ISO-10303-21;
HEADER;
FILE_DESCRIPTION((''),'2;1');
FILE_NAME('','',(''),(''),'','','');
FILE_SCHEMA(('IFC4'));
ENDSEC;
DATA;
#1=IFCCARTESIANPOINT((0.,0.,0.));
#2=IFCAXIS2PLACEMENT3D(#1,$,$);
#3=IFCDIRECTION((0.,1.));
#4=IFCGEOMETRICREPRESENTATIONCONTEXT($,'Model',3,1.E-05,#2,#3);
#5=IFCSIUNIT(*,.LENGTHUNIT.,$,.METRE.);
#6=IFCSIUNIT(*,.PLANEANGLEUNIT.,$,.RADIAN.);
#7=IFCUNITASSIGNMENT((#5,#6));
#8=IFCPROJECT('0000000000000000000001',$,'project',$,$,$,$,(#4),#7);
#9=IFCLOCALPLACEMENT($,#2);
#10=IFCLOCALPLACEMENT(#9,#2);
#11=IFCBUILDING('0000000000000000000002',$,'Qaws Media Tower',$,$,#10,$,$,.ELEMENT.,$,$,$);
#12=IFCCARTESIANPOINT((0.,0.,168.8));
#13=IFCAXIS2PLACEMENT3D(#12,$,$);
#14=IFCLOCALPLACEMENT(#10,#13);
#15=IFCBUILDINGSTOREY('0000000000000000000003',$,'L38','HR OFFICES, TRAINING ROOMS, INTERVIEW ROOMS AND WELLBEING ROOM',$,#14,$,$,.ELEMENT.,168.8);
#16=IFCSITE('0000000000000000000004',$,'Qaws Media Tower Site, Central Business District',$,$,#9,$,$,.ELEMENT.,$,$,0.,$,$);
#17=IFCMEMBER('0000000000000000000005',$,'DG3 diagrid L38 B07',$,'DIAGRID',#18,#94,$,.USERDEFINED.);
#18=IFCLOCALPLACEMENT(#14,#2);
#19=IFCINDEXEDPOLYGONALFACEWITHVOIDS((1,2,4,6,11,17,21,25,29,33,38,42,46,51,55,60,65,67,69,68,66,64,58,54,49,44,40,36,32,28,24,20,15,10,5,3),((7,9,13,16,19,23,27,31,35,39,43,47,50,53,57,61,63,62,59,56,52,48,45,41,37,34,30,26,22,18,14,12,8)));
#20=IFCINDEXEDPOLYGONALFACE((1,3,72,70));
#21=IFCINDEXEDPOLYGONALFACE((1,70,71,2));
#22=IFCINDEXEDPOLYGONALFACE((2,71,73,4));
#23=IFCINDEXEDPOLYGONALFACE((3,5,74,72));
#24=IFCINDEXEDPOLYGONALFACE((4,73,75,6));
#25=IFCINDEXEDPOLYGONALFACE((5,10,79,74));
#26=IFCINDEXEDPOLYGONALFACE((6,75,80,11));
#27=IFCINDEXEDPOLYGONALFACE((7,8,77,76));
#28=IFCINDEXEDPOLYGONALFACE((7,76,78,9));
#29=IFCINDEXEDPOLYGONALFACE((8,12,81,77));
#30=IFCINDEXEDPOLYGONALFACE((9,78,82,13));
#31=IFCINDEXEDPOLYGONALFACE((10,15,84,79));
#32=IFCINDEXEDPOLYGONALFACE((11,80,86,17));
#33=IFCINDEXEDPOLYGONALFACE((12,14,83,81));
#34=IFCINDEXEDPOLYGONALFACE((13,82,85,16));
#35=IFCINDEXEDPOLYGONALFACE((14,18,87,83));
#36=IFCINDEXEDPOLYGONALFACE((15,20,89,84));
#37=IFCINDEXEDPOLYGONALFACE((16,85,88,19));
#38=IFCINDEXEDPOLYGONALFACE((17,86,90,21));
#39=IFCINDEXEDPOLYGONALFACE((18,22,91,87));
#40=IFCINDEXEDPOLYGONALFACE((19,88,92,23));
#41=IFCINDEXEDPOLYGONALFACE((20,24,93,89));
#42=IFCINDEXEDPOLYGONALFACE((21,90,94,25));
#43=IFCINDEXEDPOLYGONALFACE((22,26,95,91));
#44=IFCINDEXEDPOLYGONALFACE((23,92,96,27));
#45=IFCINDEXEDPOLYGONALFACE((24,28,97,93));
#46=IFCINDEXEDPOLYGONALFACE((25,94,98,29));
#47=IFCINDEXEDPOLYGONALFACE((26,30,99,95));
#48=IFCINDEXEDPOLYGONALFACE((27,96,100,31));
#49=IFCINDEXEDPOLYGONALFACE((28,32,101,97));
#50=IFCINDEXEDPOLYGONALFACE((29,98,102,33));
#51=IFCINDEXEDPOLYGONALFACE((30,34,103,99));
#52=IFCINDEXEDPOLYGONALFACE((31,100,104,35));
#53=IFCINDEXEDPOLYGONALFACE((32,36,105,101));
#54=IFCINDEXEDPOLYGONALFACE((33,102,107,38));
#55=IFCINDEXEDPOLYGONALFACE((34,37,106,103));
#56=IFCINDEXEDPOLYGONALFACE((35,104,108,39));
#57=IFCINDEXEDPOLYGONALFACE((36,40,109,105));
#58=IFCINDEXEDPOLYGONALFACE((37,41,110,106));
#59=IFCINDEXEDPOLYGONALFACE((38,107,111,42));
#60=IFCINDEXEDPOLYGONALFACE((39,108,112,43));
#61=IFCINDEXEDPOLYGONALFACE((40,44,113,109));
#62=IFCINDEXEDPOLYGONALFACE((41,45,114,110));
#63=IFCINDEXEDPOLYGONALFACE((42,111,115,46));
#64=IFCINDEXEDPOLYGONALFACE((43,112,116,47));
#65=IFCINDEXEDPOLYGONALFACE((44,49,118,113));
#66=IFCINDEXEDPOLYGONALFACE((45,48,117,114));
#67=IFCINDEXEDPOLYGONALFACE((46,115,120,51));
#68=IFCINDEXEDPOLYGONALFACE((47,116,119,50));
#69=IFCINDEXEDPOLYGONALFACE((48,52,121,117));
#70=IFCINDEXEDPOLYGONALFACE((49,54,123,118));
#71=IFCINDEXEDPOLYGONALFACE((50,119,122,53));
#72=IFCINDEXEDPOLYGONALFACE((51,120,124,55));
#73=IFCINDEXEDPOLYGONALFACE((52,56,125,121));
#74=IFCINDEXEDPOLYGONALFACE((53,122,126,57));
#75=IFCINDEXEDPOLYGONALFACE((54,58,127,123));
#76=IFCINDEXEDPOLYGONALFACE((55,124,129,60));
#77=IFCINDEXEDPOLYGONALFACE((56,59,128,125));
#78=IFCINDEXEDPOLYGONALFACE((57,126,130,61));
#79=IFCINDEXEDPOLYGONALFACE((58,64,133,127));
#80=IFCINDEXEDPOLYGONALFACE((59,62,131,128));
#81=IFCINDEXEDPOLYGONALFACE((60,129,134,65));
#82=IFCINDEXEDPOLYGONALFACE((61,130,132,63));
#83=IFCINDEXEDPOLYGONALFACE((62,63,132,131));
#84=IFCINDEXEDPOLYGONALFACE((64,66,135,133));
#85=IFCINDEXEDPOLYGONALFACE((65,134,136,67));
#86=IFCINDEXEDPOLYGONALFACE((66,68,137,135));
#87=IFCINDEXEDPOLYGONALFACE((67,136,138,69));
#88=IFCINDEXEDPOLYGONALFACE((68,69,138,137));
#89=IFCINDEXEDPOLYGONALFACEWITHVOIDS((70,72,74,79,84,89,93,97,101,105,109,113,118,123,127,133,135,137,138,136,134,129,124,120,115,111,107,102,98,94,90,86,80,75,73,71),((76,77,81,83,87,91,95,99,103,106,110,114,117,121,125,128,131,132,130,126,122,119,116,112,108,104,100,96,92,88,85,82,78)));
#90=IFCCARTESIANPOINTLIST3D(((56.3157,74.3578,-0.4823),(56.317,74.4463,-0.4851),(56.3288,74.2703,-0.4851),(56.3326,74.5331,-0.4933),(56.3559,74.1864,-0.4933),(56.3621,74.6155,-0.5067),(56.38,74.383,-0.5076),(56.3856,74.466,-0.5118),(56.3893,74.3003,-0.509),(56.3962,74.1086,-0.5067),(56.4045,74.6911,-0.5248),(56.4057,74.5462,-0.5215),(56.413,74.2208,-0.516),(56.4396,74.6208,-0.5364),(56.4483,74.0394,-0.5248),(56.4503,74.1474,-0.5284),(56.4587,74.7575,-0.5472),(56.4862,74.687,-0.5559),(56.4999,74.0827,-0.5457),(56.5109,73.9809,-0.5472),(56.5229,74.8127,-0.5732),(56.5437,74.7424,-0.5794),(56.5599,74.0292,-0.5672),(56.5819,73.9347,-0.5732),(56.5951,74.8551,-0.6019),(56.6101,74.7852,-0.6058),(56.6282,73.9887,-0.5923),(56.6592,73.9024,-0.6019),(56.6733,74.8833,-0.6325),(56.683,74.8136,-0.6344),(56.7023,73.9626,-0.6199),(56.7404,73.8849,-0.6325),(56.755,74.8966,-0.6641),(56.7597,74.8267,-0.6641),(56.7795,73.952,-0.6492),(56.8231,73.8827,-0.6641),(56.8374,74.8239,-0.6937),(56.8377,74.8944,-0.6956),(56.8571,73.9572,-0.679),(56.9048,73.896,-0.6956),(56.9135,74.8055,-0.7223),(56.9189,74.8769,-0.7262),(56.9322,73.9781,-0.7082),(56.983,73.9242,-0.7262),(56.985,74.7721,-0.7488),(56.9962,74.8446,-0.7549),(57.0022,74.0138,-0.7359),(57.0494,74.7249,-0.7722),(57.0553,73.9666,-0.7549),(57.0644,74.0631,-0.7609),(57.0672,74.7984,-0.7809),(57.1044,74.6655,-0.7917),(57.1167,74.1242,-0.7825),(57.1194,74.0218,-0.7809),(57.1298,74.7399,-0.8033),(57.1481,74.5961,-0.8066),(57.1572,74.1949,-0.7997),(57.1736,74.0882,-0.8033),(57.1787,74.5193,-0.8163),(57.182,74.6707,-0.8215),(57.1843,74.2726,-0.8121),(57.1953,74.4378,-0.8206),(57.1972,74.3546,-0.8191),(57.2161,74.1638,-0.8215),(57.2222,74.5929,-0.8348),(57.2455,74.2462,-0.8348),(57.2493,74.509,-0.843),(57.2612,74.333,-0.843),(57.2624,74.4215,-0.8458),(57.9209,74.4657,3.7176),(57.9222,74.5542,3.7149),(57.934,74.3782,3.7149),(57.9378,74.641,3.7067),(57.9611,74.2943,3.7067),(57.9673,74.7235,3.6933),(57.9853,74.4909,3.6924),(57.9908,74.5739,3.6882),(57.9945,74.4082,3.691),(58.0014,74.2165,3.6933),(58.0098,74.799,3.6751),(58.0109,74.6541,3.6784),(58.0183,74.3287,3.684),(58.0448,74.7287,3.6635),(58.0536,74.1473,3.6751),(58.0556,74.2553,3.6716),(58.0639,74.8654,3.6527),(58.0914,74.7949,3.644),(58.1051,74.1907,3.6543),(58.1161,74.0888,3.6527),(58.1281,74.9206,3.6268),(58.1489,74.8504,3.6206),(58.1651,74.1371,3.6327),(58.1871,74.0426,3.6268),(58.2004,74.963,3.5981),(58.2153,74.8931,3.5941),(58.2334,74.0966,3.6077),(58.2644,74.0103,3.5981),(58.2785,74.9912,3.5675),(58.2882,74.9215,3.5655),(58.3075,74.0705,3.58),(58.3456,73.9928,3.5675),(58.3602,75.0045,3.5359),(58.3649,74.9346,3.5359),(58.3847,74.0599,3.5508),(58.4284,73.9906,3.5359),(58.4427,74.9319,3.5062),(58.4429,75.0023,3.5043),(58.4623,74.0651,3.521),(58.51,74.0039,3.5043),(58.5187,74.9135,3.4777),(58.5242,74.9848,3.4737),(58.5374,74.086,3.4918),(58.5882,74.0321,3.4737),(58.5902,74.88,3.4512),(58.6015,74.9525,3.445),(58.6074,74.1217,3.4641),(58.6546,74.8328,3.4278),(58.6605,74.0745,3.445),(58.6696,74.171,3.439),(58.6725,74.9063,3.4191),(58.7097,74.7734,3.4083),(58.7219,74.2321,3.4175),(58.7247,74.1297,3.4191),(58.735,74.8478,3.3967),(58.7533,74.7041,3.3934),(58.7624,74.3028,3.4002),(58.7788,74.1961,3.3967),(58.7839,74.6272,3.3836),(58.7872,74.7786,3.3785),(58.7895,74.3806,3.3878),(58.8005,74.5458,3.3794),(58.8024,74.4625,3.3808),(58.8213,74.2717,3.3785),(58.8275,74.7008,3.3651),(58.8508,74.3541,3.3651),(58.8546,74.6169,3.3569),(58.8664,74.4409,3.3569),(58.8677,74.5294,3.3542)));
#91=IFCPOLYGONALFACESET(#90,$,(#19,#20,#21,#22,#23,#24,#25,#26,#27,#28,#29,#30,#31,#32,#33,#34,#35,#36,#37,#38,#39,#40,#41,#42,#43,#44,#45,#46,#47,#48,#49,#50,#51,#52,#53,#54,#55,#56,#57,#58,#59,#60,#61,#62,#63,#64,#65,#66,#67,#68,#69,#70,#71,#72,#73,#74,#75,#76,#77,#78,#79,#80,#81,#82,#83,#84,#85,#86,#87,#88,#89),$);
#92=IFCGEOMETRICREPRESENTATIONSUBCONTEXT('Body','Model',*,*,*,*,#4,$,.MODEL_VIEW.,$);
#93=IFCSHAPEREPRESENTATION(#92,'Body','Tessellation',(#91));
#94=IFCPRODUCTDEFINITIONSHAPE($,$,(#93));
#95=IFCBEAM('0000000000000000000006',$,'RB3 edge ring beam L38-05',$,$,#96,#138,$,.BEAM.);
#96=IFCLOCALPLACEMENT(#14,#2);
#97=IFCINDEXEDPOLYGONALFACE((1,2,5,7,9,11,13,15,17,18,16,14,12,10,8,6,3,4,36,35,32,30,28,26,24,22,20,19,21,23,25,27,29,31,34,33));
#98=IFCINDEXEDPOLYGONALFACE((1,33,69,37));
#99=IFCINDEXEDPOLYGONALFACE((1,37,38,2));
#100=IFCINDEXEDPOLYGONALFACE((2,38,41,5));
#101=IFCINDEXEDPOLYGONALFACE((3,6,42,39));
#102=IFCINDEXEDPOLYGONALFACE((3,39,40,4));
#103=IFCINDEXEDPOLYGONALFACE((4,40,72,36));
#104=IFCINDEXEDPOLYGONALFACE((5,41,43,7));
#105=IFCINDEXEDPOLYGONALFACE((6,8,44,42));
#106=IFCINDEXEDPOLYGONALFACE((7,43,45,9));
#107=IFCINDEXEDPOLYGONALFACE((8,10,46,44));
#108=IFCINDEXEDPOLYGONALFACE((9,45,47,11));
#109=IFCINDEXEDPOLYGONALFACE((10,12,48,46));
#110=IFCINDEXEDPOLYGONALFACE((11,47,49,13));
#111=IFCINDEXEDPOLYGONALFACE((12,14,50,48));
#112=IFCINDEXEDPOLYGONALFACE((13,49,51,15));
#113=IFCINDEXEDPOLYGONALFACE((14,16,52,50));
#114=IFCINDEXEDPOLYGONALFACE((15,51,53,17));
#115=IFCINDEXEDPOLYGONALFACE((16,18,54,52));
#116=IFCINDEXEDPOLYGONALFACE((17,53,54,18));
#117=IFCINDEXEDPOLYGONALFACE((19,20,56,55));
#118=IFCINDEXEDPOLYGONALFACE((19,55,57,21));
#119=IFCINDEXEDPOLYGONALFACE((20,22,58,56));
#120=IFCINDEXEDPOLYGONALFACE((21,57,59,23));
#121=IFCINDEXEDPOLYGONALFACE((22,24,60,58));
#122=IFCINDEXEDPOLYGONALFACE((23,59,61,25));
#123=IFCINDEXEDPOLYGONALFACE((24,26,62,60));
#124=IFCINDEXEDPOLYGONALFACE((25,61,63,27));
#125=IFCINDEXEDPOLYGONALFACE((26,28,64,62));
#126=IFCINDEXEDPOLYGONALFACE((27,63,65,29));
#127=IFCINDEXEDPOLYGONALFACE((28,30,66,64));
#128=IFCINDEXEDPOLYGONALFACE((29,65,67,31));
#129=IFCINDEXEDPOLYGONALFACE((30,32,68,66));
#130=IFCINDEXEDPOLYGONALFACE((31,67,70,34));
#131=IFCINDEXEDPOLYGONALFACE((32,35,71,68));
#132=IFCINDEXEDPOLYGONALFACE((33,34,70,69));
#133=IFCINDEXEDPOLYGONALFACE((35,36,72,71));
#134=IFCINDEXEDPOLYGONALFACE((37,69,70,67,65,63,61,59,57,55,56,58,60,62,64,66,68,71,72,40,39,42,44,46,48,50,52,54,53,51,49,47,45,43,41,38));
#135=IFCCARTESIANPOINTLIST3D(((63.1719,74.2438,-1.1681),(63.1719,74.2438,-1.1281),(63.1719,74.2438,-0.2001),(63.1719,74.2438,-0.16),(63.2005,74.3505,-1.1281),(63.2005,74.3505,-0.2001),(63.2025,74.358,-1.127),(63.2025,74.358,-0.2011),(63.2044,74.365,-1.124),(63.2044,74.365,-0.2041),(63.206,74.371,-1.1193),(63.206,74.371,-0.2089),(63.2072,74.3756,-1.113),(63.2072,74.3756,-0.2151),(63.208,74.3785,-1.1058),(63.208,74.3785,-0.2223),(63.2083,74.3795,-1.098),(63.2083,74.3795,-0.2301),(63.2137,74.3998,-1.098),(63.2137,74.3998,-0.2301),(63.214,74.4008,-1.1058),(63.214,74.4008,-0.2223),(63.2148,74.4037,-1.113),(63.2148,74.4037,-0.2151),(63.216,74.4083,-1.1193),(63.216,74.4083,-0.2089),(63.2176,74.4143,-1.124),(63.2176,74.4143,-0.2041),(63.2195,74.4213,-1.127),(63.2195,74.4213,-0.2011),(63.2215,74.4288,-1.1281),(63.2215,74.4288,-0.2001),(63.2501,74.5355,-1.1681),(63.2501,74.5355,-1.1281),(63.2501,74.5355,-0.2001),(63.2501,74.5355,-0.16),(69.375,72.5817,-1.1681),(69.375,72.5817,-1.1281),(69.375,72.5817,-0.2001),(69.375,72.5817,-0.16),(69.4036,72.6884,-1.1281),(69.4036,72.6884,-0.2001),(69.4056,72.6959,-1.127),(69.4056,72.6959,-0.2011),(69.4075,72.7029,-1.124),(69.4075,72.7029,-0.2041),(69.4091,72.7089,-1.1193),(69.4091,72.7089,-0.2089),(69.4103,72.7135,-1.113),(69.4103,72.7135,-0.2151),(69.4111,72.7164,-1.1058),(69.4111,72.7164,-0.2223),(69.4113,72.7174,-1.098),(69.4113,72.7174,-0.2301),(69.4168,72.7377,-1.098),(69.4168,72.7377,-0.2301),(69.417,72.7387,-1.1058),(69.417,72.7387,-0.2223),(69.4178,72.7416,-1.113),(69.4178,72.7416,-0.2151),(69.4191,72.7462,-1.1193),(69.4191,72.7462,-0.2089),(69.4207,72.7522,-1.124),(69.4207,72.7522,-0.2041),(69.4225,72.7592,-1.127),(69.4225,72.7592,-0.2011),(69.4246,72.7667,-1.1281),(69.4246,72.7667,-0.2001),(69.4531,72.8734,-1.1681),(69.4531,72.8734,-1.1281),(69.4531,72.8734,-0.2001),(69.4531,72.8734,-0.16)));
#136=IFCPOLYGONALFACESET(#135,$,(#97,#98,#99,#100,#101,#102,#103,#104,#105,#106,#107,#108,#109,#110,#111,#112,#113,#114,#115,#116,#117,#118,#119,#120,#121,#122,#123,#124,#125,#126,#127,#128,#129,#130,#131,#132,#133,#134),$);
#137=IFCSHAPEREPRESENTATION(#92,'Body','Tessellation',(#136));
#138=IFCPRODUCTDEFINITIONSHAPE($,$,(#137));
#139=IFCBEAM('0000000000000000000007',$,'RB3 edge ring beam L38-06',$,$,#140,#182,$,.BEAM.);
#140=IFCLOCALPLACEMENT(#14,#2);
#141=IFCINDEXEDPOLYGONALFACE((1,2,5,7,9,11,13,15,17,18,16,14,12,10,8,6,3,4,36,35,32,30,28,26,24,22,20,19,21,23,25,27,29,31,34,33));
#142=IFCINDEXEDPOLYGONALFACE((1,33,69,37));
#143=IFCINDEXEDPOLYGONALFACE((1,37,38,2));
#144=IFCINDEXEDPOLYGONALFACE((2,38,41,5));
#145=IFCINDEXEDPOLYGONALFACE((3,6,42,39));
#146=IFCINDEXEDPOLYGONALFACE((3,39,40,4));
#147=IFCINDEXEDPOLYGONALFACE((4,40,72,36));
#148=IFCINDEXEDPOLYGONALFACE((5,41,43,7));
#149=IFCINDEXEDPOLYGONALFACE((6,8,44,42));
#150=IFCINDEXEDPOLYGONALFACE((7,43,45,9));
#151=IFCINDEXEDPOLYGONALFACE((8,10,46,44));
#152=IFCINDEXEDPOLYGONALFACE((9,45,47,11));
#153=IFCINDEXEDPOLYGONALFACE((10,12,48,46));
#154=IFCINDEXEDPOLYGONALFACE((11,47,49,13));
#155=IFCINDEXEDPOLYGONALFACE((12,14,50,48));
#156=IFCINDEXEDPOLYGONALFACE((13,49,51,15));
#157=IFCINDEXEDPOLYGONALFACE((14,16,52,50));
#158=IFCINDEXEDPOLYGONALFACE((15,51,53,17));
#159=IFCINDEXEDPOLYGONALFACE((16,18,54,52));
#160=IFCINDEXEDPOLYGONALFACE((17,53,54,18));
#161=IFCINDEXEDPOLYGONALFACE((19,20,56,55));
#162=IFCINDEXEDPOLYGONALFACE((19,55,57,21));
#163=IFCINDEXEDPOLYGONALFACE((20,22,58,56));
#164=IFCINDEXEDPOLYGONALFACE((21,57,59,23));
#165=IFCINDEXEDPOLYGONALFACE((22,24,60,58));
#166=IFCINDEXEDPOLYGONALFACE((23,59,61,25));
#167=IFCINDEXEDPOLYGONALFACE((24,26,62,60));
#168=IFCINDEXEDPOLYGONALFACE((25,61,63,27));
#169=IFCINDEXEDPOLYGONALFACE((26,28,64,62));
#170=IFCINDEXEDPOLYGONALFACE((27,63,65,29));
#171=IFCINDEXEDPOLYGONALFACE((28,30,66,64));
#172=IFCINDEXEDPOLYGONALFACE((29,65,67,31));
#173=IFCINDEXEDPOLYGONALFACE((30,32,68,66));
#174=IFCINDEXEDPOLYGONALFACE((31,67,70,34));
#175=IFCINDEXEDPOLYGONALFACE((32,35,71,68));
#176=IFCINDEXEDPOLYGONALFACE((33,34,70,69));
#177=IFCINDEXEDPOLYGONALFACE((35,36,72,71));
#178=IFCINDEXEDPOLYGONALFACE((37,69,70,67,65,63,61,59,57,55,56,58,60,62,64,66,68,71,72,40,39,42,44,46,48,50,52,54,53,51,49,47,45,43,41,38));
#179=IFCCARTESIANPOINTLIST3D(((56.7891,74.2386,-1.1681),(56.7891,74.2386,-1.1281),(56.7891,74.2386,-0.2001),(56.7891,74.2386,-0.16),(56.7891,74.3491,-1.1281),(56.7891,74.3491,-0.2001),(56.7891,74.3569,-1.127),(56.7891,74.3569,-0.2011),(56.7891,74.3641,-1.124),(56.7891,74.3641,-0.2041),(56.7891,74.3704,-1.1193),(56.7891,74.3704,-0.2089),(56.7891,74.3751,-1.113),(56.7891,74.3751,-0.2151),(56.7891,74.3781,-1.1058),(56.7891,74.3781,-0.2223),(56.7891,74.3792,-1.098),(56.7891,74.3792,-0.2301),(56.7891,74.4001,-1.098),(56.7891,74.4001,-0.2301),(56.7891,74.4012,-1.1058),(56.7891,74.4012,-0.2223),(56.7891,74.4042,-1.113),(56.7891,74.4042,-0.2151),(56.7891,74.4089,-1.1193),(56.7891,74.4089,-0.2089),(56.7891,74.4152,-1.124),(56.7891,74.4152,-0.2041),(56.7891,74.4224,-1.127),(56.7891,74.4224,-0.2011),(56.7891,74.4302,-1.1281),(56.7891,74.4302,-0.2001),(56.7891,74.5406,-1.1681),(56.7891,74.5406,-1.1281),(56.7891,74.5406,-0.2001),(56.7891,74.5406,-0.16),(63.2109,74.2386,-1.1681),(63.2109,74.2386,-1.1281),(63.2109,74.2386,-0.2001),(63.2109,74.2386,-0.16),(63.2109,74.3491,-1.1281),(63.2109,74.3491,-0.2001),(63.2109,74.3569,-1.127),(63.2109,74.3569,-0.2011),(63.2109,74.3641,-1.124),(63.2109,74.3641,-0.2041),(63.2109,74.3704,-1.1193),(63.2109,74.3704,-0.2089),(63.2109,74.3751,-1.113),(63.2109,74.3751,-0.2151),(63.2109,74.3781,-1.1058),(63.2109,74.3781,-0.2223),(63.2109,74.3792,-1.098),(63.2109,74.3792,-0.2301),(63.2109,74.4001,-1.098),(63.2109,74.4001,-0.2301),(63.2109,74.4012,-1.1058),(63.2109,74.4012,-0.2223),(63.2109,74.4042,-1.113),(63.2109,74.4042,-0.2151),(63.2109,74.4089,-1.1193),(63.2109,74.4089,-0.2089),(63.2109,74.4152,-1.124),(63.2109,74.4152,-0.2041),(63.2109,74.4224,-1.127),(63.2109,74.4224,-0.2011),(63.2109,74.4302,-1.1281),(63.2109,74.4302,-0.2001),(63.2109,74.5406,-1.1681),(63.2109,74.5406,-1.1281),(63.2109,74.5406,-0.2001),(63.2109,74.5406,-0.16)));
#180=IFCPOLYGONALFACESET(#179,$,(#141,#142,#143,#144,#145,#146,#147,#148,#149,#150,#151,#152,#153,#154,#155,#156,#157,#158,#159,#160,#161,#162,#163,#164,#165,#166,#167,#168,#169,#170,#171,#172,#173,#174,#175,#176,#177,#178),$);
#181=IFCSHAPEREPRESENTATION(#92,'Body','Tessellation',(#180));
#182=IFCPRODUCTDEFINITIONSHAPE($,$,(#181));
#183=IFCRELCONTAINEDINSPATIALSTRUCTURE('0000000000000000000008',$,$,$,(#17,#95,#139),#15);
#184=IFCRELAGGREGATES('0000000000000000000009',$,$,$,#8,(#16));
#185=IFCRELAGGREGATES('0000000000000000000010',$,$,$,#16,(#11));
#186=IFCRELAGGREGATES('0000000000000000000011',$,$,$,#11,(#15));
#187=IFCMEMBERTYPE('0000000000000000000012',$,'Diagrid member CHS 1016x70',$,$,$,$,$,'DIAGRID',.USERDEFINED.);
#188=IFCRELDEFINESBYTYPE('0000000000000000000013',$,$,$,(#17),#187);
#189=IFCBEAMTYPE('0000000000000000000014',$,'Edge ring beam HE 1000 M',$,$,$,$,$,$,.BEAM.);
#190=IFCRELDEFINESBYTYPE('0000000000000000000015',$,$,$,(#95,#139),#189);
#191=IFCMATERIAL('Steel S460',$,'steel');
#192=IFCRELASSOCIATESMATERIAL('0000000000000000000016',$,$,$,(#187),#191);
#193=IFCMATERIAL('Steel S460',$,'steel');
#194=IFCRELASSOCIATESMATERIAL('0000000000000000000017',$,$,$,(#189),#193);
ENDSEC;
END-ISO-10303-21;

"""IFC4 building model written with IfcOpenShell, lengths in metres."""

from ifc_helpers import new_model, si_unit, direction, frame, origin, origin_2d, place, context, subcontext, project, spatial, hollow_circle, i_section, extrude, material, material_profile, profile_set, type_object, element, save


model = new_model("IFC4")

# Units and contexts
model_context = context("Model", 3, precision=1e-05, world=origin(), true_north=direction((0.0, 1.0)))
body_context = subcontext(model_context, "Body", "Model", "MODEL_VIEW")
ifc_project = project(units=[si_unit("LENGTHUNIT", "METRE"), si_unit("PLANEANGLEUNIT", "RADIAN")], contexts=[model_context])

# Site, building, storey
site_placement = place(None, origin())
site = spatial("IfcSite", under=ifc_project, at=site_placement, Name="Qaws Media Tower Site, Central Business District", CompositionType="ELEMENT", RefElevation=0.0)
building_placement = place(site_placement, origin())
building = spatial("IfcBuilding", under=site, at=building_placement, Name="Qaws Media Tower", CompositionType="ELEMENT")
storey_placement = place(building_placement, frame((0.0, 0.0, 168.8)))
storey = spatial("IfcBuildingStorey", under=building, at=storey_placement, Name="L38", Description="HR OFFICES, TRAINING ROOMS, INTERVIEW ROOMS AND WELLBEING ROOM", CompositionType="ELEMENT", Elevation=168.8)

# Member
ifc_material_1 = material(Name="Steel S460", Category="steel")
ifc_material_profile_1 = material_profile(ifc_material_1, hollow_circle(Radius=0.5081, WallThickness=0.0701, at=origin_2d()), Name="CHS 1016x70")
ifc_profile_set_1 = profile_set([ifc_material_profile_1], Name="Steel S460")
member_type_1 = type_object("IfcMemberType", Name="Diagrid member CHS 1016x70", ElementType="DIAGRID", PredefinedType="USERDEFINED", material=ifc_profile_set_1)
for number, where, z_axis, x_axis, name in (
    (1, (56.7891, 74.3896, -0.6641), (0.356911, 0.023993, 0.93383), (-0.067073, 0.997748, 0.0), "DG3 diagrid L38 B07"),
):
    element("IfcMember", number, at=place(storey_placement, frame(where, z_axis=z_axis, x_axis=x_axis)), inside=storey, type_object=member_type_1, Name=name, ObjectType="DIAGRID", PredefinedType="USERDEFINED", context=body_context, shape_type="SweptSolid", body=[
        extrude(hollow_circle(Radius=0.5081, WallThickness=0.0701, at=origin_2d()), origin(), (0.0, 0.0, 1.0), 4.4976),
    ])

# Beams
ifc_material_2 = material(Name="Steel S460", Category="steel")
ifc_material_profile_2 = material_profile(ifc_material_2, i_section(OverallWidth=0.302, OverallDepth=1.0081, WebThickness=0.021, FlangeThickness=0.04, FilletRadius=0.03, at=origin_2d()), Name="HE 1000 M")
ifc_profile_set_2 = profile_set([ifc_material_profile_2], Name="Steel S460")
beam_type = type_object("IfcBeamType", Name="Edge ring beam HE 1000 M", PredefinedType="BEAM", material=ifc_profile_set_2)
for number, where, z_axis, x_axis, name in (
    (2, (69.4141, 72.7275, -0.6641), (-0.965926, 0.258817, 0.0), (-0.258817, -0.965926, 0.0), "RB3 edge ring beam L38-05"),
    (3, (63.2109, 74.3896, -0.6641), (-1.0, 0.0, 0.0), (0.0, -1.0, 0.0), "RB3 edge ring beam L38-06"),
):
    element("IfcBeam", number, at=place(storey_placement, frame(where, z_axis=z_axis, x_axis=x_axis)), inside=storey, type_object=beam_type, Name=name, PredefinedType="BEAM", context=body_context, shape_type="SweptSolid", body=[
        extrude(i_section(OverallWidth=0.302, OverallDepth=1.0081, WebThickness=0.021, FlangeThickness=0.04, FilletRadius=0.03, at=origin_2d()), origin(), (0.0, 0.0, 1.0), 6.4219),
    ])

save(model, "model.ifc")
